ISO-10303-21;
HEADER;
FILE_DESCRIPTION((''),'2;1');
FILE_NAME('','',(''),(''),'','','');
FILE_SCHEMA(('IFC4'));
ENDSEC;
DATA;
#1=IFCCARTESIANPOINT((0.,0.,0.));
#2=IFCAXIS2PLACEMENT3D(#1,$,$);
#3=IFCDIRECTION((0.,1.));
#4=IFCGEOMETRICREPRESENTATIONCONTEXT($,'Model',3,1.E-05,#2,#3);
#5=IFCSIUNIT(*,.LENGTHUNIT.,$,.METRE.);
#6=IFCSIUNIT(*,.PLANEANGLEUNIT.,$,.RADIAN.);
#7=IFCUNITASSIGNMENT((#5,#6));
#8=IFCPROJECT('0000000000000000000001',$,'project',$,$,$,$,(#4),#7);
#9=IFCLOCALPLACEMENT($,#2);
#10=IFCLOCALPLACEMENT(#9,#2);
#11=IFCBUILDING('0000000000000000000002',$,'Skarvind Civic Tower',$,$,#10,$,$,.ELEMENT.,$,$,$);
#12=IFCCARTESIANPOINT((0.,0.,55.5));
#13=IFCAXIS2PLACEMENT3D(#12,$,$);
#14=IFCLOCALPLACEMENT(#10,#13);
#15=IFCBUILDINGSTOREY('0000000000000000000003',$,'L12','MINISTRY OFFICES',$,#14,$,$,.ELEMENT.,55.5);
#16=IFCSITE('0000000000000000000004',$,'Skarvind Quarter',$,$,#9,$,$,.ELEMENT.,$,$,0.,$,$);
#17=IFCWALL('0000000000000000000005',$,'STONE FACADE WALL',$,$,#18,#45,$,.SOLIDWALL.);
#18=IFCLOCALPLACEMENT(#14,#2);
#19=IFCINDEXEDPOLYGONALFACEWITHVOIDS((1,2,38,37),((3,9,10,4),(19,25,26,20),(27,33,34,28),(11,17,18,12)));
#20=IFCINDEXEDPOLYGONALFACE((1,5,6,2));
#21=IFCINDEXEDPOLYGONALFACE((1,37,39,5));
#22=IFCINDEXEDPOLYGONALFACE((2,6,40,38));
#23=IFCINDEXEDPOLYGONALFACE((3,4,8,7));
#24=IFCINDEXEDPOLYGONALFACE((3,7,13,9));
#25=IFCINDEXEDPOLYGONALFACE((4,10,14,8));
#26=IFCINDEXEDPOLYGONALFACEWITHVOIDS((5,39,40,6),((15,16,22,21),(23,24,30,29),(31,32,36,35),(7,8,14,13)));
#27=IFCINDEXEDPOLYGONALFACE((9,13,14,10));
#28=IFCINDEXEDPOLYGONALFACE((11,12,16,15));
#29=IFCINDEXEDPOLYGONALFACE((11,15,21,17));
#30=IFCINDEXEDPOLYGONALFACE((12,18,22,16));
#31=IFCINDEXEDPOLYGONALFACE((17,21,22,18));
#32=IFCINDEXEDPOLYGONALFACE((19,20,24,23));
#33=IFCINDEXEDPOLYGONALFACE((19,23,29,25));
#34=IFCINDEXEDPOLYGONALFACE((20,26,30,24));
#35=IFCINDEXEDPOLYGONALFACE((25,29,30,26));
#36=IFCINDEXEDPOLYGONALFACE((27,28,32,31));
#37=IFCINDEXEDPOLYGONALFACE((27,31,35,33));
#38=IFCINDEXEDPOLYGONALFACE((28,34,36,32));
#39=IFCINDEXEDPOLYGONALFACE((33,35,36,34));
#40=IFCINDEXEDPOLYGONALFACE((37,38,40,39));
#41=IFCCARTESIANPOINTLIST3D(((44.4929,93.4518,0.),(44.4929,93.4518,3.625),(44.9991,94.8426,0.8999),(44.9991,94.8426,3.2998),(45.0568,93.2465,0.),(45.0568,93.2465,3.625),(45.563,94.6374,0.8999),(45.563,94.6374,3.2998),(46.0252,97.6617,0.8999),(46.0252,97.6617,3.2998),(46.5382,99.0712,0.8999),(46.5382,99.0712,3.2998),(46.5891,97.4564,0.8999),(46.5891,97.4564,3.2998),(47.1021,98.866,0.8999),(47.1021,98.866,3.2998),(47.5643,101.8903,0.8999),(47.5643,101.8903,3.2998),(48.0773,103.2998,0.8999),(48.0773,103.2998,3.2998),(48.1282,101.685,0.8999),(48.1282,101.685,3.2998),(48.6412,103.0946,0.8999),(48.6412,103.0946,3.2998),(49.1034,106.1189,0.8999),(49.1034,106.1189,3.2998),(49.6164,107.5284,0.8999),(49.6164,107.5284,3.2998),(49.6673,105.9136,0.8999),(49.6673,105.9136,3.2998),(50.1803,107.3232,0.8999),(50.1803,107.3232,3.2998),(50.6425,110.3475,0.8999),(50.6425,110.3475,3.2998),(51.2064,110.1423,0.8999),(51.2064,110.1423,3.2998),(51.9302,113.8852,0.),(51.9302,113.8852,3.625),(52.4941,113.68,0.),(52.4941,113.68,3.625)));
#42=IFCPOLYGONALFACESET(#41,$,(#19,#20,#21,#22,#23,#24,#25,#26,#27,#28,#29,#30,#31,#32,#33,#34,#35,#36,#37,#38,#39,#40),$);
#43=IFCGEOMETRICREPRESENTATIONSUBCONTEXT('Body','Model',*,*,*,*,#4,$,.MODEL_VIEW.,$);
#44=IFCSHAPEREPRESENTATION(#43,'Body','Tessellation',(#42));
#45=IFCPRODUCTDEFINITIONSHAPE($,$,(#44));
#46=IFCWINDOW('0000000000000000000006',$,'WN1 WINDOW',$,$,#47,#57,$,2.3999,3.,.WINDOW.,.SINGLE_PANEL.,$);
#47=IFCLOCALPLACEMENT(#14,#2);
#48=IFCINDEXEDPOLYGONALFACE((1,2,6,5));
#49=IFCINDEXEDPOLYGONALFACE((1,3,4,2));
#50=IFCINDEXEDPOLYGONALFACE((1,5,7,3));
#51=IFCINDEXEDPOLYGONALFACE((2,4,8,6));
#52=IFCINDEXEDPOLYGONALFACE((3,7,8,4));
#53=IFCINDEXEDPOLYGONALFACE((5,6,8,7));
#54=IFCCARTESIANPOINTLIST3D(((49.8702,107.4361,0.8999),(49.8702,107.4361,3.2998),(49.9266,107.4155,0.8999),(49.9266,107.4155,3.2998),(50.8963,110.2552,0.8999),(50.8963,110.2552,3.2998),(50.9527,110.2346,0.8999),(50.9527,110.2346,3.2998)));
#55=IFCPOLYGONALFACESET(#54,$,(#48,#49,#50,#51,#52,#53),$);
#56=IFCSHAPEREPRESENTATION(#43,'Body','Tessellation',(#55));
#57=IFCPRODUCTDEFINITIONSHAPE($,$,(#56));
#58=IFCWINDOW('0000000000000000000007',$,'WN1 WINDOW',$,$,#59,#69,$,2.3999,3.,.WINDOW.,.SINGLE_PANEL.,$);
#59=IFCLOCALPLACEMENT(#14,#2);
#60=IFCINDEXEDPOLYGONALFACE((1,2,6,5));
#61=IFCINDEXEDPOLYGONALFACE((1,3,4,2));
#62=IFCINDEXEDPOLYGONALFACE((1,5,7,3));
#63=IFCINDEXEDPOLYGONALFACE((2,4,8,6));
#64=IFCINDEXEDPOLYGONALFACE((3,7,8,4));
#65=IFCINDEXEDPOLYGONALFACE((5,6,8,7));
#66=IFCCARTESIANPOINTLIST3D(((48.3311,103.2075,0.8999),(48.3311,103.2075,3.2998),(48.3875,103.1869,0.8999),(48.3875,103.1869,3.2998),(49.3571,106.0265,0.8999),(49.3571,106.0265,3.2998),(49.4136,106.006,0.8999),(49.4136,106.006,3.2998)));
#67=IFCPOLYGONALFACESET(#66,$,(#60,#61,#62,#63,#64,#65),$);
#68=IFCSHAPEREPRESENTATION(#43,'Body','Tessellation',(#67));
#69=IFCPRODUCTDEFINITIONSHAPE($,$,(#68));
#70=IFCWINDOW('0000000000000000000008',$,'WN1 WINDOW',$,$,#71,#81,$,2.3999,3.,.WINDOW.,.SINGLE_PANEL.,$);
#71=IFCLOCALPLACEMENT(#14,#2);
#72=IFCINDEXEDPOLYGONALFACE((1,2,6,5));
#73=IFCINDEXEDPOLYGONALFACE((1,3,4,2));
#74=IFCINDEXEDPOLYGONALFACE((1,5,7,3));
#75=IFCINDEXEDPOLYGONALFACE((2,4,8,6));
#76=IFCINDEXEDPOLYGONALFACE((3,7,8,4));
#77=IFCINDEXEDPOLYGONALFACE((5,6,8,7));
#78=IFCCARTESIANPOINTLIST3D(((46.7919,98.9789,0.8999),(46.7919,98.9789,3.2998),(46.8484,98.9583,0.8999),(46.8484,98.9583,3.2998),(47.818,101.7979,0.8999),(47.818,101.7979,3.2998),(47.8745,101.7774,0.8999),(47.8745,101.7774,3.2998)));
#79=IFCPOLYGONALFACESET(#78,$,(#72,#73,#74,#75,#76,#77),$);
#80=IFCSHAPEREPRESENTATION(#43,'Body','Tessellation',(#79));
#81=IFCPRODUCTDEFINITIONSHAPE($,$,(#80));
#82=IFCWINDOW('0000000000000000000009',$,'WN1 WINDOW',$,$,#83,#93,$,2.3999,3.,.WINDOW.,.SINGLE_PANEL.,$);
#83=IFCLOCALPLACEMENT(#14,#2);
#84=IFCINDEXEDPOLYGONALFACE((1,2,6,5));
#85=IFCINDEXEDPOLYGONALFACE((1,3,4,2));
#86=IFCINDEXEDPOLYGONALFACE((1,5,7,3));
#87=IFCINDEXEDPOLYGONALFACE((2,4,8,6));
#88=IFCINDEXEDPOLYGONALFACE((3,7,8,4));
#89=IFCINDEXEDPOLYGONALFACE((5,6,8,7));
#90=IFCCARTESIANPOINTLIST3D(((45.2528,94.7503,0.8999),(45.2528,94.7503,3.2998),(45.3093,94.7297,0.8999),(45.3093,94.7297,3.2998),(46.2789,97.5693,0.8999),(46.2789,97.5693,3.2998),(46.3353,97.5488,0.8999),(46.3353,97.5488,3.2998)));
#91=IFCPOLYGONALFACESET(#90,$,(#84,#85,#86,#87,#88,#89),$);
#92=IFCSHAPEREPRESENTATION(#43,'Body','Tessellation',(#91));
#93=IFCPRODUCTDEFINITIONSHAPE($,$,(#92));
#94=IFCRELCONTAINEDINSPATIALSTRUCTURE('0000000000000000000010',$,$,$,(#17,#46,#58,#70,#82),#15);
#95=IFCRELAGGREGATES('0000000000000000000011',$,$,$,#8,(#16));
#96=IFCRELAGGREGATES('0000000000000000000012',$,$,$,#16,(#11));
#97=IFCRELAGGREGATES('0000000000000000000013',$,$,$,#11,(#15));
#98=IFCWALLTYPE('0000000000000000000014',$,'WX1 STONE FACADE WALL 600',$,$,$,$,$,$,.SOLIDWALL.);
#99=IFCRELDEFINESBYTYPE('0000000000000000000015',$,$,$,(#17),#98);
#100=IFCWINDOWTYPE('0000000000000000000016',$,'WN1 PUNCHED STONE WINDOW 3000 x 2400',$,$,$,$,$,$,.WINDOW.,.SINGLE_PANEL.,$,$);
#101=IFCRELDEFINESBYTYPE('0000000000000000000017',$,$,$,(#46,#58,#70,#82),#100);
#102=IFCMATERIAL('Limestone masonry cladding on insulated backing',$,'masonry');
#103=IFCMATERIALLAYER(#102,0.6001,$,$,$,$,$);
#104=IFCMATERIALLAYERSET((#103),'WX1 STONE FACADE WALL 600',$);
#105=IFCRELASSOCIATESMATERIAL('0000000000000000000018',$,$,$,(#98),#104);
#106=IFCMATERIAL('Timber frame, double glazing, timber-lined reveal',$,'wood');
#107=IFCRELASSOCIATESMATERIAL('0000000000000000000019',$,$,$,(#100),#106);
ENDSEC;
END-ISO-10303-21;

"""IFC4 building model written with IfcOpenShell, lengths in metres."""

from ifc_helpers import new_model, si_unit, direction, frame, frame_2d, origin, place, context, subcontext, project, spatial, rectangle, extrude, material, layer, layer_set, type_object, element, fill, save


model = new_model("IFC4")

# Units and contexts
model_context = context("Model", 3, precision=1e-05, world=origin(), true_north=direction((0.0, 1.0)))
body_context = subcontext(model_context, "Body", "Model", "MODEL_VIEW")
ifc_project = project(units=[si_unit("LENGTHUNIT", "METRE"), si_unit("PLANEANGLEUNIT", "RADIAN")], contexts=[model_context])

# Site, building, storey
site_placement = place(None, origin())
site = spatial("IfcSite", under=ifc_project, at=site_placement, Name="Skarvind Quarter", CompositionType="ELEMENT", RefElevation=0.0)
building_placement = place(site_placement, origin())
building = spatial("IfcBuilding", under=site, at=building_placement, Name="Skarvind Civic Tower", CompositionType="ELEMENT")
storey_placement = place(building_placement, frame((0.0, 0.0, 55.5)))
storey = spatial("IfcBuildingStorey", under=building, at=storey_placement, Name="L12", Description="MINISTRY OFFICES", CompositionType="ELEMENT", Elevation=55.5)

# Wall, openings, windows
ifc_material_1 = material(Name="Limestone masonry cladding on insulated backing", Category="masonry")
ifc_layer_1 = layer(ifc_material_1, 0.6001)
ifc_layer_set_1 = layer_set([ifc_layer_1], Name="WX1 STONE FACADE WALL 600")
wall_type_1 = type_object("IfcWallType", Name="WX1 STONE FACADE WALL 600", PredefinedType="SOLIDWALL", material=ifc_layer_set_1)
wall_1_placement = place(storey_placement, frame((52.2122, 113.7827, 0.0), z_axis=(0.0, 0.0, 1.0), x_axis=(-0.342025, -0.939691, 0.0)))
wall_1 = element("IfcWall", 1, at=wall_1_placement, inside=storey, type_object=wall_type_1, Name="STONE FACADE WALL", PredefinedType="SOLIDWALL", context=body_context, shape_type="SweptSolid", body=[
    extrude(rectangle(XDim=21.7449, YDim=0.6001, at=frame_2d((10.8726, 0.0))), origin(), (0.0, 0.0, 1.0), 3.625),
])
opening_1_placement = place(wall_1_placement, frame((3.7649, 0.0, 0.8999)))
opening_1 = element("IfcOpeningElement", 2, at=opening_1_placement, cuts=wall_1, PredefinedType="OPENING", context=body_context, shape_type="SweptSolid", body=[
    extrude(rectangle(XDim=3.0, YDim=2.3999, at=frame_2d((1.5, 1.2))), frame((0.0, 0.3101, 0.0), z_axis=(0.0, -1.0, 0.0), x_axis=(1.0, 0.0, 0.0)), (0.0, 0.0, 1.0), 0.6201),
])
opening_2_placement = place(wall_1_placement, frame((8.2649, 0.0, 0.8999)))
opening_2 = element("IfcOpeningElement", 3, at=opening_2_placement, cuts=wall_1, PredefinedType="OPENING", context=body_context, shape_type="SweptSolid", body=[
    extrude(rectangle(XDim=3.0, YDim=2.3999, at=frame_2d((1.5, 1.2))), frame((0.0, 0.3101, 0.0), z_axis=(0.0, -1.0, 0.0), x_axis=(1.0, 0.0, 0.0)), (0.0, 0.0, 1.0), 0.6201),
])
opening_3_placement = place(wall_1_placement, frame((12.7649, 0.0, 0.8999)))
opening_3 = element("IfcOpeningElement", 4, at=opening_3_placement, cuts=wall_1, PredefinedType="OPENING", context=body_context, shape_type="SweptSolid", body=[
    extrude(rectangle(XDim=3.0, YDim=2.3999, at=frame_2d((1.5, 1.2))), frame((0.0, 0.3101, 0.0), z_axis=(0.0, -1.0, 0.0), x_axis=(1.0, 0.0, 0.0)), (0.0, 0.0, 1.0), 0.6201),
])
opening_4_placement = place(wall_1_placement, frame((17.2649, 0.0, 0.8999)))
opening_4 = element("IfcOpeningElement", 5, at=opening_4_placement, cuts=wall_1, PredefinedType="OPENING", context=body_context, shape_type="SweptSolid", body=[
    extrude(rectangle(XDim=3.0, YDim=2.3999, at=frame_2d((1.5, 1.2))), frame((0.0, 0.3101, 0.0), z_axis=(0.0, -1.0, 0.0), x_axis=(1.0, 0.0, 0.0)), (0.0, 0.0, 1.0), 0.6201),
])
ifc_material_2 = material(Name="Timber frame, double glazing, timber-lined reveal", Category="wood")
window_type = type_object("IfcWindowType", Name="WN1 PUNCHED STONE WINDOW 3000 x 2400", PartitioningType="SINGLE_PANEL", PredefinedType="WINDOW", material=ifc_material_2)
window_1_placement = place(opening_1_placement, origin())
window_1 = element("IfcWindow", 6, at=window_1_placement, inside=storey, type_object=window_type, Name="WN1 WINDOW", OverallHeight=2.3999, OverallWidth=3.0, PartitioningType="SINGLE_PANEL", PredefinedType="WINDOW", context=body_context, shape_type="SweptSolid", body=[
    extrude(rectangle(XDim=3.0, YDim=2.3999, at=frame_2d((1.5, 1.2))), frame((0.0, 0.03, 0.0), z_axis=(0.0, -1.0, 0.0), x_axis=(1.0, 0.0, 0.0)), (0.0, 0.0, 1.0), 0.0601),
])
fill(opening_1, window_1)
window_2_placement = place(opening_2_placement, origin())
window_2 = element("IfcWindow", 7, at=window_2_placement, inside=storey, type_object=window_type, Name="WN1 WINDOW", OverallHeight=2.3999, OverallWidth=3.0, PartitioningType="SINGLE_PANEL", PredefinedType="WINDOW", context=body_context, shape_type="SweptSolid", body=[
    extrude(rectangle(XDim=3.0, YDim=2.3999, at=frame_2d((1.5, 1.2))), frame((0.0, 0.03, 0.0), z_axis=(0.0, -1.0, 0.0), x_axis=(1.0, 0.0, 0.0)), (0.0, 0.0, 1.0), 0.0601),
])
fill(opening_2, window_2)
window_3_placement = place(opening_3_placement, origin())
window_3 = element("IfcWindow", 8, at=window_3_placement, inside=storey, type_object=window_type, Name="WN1 WINDOW", OverallHeight=2.3999, OverallWidth=3.0, PartitioningType="SINGLE_PANEL", PredefinedType="WINDOW", context=body_context, shape_type="SweptSolid", body=[
    extrude(rectangle(XDim=3.0, YDim=2.3999, at=frame_2d((1.5, 1.2))), frame((0.0, 0.03, 0.0), z_axis=(0.0, -1.0, 0.0), x_axis=(1.0, 0.0, 0.0)), (0.0, 0.0, 1.0), 0.0601),
])
fill(opening_3, window_3)
window_4_placement = place(opening_4_placement, origin())
window_4 = element("IfcWindow", 9, at=window_4_placement, inside=storey, type_object=window_type, Name="WN1 WINDOW", OverallHeight=2.3999, OverallWidth=3.0, PartitioningType="SINGLE_PANEL", PredefinedType="WINDOW", context=body_context, shape_type="SweptSolid", body=[
    extrude(rectangle(XDim=3.0, YDim=2.3999, at=frame_2d((1.5, 1.2))), frame((0.0, 0.03, 0.0), z_axis=(0.0, -1.0, 0.0), x_axis=(1.0, 0.0, 0.0)), (0.0, 0.0, 1.0), 0.0601),
])
fill(opening_4, window_4)

save(model, "model.ifc")
